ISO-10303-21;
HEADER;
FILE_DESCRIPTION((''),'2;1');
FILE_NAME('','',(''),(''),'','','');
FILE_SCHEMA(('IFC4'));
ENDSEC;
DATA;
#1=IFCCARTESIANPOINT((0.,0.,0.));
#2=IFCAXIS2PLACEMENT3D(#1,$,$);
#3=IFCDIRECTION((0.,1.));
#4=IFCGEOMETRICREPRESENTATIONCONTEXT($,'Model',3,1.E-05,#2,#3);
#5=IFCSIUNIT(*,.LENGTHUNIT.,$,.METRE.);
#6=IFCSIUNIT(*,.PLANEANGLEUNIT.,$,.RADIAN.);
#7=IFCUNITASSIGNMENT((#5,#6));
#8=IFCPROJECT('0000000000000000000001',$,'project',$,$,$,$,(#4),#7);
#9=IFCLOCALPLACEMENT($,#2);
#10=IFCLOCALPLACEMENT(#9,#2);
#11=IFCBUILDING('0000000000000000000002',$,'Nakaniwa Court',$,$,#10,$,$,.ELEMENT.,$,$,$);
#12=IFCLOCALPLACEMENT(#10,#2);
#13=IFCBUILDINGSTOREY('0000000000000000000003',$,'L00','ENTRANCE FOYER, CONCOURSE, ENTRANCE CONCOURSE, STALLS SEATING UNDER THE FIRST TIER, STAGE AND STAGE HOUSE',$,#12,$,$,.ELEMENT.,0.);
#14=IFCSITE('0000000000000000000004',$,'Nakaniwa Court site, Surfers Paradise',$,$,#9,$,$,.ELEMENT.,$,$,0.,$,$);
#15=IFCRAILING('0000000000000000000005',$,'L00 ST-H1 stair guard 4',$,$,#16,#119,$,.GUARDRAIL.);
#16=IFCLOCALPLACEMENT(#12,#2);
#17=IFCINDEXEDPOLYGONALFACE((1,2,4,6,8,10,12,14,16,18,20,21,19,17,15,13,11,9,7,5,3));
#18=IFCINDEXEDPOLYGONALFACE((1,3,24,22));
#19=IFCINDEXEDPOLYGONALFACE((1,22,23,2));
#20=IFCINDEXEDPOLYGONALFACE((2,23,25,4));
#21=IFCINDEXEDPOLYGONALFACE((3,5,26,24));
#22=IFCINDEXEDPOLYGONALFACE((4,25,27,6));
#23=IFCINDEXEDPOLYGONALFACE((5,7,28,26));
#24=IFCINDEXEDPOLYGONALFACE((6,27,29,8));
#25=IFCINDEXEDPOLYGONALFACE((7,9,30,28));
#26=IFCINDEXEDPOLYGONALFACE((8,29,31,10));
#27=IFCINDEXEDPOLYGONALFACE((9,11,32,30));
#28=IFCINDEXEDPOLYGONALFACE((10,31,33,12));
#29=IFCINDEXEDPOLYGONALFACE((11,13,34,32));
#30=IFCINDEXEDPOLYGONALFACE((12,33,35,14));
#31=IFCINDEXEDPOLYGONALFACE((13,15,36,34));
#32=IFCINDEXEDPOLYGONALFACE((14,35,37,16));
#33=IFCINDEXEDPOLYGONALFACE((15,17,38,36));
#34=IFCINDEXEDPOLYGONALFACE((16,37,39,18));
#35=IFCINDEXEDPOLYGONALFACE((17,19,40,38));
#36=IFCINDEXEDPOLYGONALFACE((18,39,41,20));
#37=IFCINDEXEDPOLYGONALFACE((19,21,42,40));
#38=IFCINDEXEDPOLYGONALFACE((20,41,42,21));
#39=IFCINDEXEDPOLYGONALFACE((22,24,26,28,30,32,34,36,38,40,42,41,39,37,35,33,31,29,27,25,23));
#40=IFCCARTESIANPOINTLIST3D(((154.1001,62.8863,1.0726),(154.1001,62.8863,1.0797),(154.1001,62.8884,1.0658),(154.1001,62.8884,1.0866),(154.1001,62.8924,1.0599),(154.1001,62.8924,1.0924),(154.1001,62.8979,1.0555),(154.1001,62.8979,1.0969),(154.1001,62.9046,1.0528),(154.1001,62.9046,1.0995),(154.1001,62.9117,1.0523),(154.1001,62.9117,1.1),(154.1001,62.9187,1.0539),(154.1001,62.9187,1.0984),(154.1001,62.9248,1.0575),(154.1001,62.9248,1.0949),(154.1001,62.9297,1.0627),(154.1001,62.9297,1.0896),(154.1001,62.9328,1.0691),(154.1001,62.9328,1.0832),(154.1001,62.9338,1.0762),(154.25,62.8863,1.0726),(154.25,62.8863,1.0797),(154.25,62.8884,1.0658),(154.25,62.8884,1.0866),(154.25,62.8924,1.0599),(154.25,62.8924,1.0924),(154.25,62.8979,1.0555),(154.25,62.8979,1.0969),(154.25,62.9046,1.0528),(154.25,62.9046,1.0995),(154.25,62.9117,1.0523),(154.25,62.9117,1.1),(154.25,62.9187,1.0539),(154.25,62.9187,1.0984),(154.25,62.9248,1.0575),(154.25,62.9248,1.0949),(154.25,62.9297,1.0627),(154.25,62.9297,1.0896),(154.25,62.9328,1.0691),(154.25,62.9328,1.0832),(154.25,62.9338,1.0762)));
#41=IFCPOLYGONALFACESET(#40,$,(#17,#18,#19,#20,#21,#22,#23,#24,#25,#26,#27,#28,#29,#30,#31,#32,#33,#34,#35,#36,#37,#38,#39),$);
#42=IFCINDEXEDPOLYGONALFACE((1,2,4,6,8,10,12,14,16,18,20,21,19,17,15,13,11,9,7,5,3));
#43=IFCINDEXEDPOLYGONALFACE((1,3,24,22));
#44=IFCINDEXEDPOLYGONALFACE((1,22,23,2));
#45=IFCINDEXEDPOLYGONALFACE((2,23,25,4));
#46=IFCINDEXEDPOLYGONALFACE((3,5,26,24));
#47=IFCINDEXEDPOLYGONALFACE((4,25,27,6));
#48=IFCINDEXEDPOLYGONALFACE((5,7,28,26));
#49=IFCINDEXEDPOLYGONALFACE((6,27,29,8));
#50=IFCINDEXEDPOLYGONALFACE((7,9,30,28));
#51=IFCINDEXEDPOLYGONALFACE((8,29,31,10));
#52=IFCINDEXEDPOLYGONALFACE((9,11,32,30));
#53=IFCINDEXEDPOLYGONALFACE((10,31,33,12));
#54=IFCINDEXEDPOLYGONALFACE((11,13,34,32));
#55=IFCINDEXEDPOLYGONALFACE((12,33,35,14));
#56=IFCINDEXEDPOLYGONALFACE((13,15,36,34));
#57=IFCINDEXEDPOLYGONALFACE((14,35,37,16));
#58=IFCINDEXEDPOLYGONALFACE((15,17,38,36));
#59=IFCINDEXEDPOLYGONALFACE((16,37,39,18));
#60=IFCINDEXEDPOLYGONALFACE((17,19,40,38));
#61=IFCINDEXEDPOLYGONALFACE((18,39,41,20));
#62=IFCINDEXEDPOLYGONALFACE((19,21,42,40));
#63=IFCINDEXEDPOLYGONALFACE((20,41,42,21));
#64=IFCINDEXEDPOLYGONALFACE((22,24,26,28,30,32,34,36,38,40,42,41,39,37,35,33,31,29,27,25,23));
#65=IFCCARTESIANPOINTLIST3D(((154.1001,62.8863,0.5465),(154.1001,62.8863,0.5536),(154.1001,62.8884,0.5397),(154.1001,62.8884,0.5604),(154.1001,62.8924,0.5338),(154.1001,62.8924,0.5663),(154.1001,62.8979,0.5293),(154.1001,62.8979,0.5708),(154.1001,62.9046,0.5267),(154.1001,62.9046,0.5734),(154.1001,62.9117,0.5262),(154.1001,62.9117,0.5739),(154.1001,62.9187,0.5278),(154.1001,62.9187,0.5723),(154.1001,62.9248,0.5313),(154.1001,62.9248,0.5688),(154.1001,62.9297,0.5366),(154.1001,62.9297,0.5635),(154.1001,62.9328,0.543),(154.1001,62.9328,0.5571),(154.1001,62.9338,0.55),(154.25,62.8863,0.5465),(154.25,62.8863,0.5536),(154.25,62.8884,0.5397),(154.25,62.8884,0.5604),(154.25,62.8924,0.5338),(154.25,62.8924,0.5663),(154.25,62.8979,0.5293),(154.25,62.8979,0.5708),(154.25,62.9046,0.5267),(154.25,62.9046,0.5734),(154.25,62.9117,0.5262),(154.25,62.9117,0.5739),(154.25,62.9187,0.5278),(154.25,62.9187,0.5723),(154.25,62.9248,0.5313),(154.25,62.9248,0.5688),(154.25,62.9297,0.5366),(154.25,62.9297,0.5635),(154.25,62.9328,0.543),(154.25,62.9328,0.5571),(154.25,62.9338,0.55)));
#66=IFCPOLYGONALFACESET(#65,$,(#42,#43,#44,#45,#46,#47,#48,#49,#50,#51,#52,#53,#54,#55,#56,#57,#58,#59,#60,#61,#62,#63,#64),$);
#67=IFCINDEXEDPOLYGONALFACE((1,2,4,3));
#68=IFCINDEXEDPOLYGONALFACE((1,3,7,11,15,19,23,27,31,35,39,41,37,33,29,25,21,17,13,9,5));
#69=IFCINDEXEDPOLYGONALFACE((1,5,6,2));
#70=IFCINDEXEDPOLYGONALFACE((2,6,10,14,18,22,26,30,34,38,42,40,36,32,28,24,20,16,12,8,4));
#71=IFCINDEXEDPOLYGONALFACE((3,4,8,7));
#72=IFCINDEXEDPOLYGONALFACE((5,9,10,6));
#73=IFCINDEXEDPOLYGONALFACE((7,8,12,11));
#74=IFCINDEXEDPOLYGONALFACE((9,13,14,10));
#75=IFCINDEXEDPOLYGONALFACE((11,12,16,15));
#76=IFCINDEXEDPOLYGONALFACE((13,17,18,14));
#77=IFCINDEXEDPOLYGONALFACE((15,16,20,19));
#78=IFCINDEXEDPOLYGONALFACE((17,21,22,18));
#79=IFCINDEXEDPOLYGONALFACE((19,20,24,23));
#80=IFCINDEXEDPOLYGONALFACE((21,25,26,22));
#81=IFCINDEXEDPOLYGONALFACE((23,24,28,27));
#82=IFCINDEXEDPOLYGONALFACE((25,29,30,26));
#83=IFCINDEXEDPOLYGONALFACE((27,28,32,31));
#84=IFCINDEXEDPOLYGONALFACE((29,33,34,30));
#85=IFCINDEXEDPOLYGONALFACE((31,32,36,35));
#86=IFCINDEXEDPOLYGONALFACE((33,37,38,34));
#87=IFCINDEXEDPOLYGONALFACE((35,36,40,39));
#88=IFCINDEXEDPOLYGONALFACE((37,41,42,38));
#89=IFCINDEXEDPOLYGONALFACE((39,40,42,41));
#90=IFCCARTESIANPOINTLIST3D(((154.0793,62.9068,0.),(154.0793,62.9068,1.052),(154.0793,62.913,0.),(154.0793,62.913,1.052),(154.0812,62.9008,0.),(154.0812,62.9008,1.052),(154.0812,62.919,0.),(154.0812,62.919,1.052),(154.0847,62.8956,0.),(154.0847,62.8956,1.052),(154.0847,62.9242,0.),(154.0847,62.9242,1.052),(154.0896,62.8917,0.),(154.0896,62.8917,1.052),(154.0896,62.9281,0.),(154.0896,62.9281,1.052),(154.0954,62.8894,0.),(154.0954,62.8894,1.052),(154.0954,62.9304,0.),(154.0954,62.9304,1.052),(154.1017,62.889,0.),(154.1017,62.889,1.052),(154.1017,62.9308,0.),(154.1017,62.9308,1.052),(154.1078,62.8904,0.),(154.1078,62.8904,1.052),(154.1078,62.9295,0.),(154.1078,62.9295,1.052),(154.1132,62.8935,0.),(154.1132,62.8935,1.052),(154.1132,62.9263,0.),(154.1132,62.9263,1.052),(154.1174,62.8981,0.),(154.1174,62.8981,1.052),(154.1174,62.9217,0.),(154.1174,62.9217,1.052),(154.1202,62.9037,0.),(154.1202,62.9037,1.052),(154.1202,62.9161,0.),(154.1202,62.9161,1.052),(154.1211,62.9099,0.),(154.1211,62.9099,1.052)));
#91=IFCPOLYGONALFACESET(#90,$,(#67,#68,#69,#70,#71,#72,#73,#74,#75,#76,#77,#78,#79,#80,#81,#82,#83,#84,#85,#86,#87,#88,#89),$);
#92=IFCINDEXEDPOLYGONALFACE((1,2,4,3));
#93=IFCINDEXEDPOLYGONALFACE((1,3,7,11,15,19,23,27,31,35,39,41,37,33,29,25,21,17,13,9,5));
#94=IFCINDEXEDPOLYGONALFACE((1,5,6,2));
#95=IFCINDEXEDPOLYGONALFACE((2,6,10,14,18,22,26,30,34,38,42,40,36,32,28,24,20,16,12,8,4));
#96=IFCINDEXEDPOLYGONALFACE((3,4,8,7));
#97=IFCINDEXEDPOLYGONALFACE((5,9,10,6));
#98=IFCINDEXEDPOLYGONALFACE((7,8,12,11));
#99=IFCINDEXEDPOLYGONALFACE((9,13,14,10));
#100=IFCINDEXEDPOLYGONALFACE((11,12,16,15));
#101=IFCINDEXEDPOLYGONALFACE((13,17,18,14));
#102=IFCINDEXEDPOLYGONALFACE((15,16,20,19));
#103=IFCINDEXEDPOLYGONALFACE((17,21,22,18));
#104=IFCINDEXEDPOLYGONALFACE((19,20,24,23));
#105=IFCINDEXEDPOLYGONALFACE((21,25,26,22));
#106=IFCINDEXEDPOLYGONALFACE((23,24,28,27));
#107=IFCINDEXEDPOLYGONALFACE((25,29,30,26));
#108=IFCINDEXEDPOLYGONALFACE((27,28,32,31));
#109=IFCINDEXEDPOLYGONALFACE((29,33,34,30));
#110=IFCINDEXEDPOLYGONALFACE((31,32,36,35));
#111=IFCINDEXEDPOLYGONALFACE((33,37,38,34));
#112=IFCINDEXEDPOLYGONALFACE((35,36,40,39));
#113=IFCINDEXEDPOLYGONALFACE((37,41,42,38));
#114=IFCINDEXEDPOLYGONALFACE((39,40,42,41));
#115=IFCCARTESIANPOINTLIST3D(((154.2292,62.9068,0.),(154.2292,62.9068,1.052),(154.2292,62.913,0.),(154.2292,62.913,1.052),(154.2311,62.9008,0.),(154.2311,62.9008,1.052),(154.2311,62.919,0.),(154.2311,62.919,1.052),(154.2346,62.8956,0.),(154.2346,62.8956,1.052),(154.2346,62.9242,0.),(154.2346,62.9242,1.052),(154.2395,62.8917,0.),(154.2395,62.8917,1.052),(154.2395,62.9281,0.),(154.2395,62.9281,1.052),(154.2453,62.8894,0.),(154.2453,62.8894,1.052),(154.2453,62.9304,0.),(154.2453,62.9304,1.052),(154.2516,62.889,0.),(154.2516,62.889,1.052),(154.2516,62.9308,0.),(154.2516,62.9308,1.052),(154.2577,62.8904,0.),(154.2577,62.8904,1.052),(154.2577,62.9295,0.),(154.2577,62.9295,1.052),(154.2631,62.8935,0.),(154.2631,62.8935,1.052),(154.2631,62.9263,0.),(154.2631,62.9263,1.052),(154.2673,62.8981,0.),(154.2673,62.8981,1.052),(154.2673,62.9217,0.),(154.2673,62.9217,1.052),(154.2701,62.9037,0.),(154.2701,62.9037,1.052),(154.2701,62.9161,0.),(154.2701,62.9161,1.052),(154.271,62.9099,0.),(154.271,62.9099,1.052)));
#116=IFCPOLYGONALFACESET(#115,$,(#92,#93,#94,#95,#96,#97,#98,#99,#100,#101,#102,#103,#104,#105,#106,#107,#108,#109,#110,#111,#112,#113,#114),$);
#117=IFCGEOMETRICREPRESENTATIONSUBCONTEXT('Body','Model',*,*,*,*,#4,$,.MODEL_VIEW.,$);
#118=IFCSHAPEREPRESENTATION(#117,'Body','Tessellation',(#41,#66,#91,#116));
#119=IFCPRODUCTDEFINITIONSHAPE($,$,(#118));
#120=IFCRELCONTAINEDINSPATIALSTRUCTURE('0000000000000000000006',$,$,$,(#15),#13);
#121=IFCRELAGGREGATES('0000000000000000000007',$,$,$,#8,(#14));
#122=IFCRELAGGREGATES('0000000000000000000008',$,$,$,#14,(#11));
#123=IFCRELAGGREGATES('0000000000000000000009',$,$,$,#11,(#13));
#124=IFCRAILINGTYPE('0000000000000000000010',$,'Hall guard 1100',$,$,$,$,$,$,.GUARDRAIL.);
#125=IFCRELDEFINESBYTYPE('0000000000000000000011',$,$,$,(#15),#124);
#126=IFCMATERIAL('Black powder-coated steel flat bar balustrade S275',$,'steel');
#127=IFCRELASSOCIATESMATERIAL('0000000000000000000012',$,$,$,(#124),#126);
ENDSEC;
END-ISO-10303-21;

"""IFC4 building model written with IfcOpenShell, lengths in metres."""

from ifc_helpers import new_model, si_unit, direction, frame, origin, origin_2d, place, context, subcontext, project, spatial, circle, extrude, material, type_object, element, save


model = new_model("IFC4")

# Units and contexts
model_context = context("Model", 3, precision=1e-05, world=origin(), true_north=direction((0.0, 1.0)))
body_context = subcontext(model_context, "Body", "Model", "MODEL_VIEW")
ifc_project = project(units=[si_unit("LENGTHUNIT", "METRE"), si_unit("PLANEANGLEUNIT", "RADIAN")], contexts=[model_context])

# Site, building, storey
site_placement = place(None, origin())
site = spatial("IfcSite", under=ifc_project, at=site_placement, Name="Nakaniwa Court site, Surfers Paradise", CompositionType="ELEMENT", RefElevation=0.0)
building_placement = place(site_placement, origin())
building = spatial("IfcBuilding", under=site, at=building_placement, Name="Nakaniwa Court", CompositionType="ELEMENT")
storey_placement = place(building_placement, origin())
storey = spatial("IfcBuildingStorey", under=building, at=storey_placement, Name="L00", Description="ENTRANCE FOYER, CONCOURSE, ENTRANCE CONCOURSE, STALLS SEATING UNDER THE FIRST TIER, STAGE AND STAGE HOUSE", CompositionType="ELEMENT", Elevation=0.0)

# Railing
ifc_material_1 = material(Name="Black powder-coated steel flat bar balustrade S275", Category="steel")
railing_type_1 = type_object("IfcRailingType", Name="Hall guard 1100", PredefinedType="GUARDRAIL", material=ifc_material_1)
railing_1_placement = place(storey_placement, frame((154.1001, 62.9099, 0.0)))
element("IfcRailing", 1, at=railing_1_placement, inside=storey, type_object=railing_type_1, Name="L00 ST-H1 stair guard 4", PredefinedType="GUARDRAIL", context=body_context, shape_type="SweptSolid", body=[
    extrude(circle(Radius=0.0239, at=origin_2d()), frame((0.0, 0.0, 1.0762), z_axis=(1.0, 0.0, 0.0), x_axis=(0.0, 1.0, 0.0)), (0.0, 0.0, 1.0), 0.1499),
    extrude(circle(Radius=0.0239, at=origin_2d()), frame((0.0, 0.0, 0.55), z_axis=(1.0, 0.0, 0.0), x_axis=(0.0, 1.0, 0.0)), (0.0, 0.0, 1.0), 0.1499),
    extrude(circle(Radius=0.021, at=origin_2d()), origin(), (0.0, 0.0, 1.0), 1.052),
    extrude(circle(Radius=0.021, at=origin_2d()), frame((0.1499, 0.0, 0.0)), (0.0, 0.0, 1.0), 1.052),
])

save(model, "model.ifc")
